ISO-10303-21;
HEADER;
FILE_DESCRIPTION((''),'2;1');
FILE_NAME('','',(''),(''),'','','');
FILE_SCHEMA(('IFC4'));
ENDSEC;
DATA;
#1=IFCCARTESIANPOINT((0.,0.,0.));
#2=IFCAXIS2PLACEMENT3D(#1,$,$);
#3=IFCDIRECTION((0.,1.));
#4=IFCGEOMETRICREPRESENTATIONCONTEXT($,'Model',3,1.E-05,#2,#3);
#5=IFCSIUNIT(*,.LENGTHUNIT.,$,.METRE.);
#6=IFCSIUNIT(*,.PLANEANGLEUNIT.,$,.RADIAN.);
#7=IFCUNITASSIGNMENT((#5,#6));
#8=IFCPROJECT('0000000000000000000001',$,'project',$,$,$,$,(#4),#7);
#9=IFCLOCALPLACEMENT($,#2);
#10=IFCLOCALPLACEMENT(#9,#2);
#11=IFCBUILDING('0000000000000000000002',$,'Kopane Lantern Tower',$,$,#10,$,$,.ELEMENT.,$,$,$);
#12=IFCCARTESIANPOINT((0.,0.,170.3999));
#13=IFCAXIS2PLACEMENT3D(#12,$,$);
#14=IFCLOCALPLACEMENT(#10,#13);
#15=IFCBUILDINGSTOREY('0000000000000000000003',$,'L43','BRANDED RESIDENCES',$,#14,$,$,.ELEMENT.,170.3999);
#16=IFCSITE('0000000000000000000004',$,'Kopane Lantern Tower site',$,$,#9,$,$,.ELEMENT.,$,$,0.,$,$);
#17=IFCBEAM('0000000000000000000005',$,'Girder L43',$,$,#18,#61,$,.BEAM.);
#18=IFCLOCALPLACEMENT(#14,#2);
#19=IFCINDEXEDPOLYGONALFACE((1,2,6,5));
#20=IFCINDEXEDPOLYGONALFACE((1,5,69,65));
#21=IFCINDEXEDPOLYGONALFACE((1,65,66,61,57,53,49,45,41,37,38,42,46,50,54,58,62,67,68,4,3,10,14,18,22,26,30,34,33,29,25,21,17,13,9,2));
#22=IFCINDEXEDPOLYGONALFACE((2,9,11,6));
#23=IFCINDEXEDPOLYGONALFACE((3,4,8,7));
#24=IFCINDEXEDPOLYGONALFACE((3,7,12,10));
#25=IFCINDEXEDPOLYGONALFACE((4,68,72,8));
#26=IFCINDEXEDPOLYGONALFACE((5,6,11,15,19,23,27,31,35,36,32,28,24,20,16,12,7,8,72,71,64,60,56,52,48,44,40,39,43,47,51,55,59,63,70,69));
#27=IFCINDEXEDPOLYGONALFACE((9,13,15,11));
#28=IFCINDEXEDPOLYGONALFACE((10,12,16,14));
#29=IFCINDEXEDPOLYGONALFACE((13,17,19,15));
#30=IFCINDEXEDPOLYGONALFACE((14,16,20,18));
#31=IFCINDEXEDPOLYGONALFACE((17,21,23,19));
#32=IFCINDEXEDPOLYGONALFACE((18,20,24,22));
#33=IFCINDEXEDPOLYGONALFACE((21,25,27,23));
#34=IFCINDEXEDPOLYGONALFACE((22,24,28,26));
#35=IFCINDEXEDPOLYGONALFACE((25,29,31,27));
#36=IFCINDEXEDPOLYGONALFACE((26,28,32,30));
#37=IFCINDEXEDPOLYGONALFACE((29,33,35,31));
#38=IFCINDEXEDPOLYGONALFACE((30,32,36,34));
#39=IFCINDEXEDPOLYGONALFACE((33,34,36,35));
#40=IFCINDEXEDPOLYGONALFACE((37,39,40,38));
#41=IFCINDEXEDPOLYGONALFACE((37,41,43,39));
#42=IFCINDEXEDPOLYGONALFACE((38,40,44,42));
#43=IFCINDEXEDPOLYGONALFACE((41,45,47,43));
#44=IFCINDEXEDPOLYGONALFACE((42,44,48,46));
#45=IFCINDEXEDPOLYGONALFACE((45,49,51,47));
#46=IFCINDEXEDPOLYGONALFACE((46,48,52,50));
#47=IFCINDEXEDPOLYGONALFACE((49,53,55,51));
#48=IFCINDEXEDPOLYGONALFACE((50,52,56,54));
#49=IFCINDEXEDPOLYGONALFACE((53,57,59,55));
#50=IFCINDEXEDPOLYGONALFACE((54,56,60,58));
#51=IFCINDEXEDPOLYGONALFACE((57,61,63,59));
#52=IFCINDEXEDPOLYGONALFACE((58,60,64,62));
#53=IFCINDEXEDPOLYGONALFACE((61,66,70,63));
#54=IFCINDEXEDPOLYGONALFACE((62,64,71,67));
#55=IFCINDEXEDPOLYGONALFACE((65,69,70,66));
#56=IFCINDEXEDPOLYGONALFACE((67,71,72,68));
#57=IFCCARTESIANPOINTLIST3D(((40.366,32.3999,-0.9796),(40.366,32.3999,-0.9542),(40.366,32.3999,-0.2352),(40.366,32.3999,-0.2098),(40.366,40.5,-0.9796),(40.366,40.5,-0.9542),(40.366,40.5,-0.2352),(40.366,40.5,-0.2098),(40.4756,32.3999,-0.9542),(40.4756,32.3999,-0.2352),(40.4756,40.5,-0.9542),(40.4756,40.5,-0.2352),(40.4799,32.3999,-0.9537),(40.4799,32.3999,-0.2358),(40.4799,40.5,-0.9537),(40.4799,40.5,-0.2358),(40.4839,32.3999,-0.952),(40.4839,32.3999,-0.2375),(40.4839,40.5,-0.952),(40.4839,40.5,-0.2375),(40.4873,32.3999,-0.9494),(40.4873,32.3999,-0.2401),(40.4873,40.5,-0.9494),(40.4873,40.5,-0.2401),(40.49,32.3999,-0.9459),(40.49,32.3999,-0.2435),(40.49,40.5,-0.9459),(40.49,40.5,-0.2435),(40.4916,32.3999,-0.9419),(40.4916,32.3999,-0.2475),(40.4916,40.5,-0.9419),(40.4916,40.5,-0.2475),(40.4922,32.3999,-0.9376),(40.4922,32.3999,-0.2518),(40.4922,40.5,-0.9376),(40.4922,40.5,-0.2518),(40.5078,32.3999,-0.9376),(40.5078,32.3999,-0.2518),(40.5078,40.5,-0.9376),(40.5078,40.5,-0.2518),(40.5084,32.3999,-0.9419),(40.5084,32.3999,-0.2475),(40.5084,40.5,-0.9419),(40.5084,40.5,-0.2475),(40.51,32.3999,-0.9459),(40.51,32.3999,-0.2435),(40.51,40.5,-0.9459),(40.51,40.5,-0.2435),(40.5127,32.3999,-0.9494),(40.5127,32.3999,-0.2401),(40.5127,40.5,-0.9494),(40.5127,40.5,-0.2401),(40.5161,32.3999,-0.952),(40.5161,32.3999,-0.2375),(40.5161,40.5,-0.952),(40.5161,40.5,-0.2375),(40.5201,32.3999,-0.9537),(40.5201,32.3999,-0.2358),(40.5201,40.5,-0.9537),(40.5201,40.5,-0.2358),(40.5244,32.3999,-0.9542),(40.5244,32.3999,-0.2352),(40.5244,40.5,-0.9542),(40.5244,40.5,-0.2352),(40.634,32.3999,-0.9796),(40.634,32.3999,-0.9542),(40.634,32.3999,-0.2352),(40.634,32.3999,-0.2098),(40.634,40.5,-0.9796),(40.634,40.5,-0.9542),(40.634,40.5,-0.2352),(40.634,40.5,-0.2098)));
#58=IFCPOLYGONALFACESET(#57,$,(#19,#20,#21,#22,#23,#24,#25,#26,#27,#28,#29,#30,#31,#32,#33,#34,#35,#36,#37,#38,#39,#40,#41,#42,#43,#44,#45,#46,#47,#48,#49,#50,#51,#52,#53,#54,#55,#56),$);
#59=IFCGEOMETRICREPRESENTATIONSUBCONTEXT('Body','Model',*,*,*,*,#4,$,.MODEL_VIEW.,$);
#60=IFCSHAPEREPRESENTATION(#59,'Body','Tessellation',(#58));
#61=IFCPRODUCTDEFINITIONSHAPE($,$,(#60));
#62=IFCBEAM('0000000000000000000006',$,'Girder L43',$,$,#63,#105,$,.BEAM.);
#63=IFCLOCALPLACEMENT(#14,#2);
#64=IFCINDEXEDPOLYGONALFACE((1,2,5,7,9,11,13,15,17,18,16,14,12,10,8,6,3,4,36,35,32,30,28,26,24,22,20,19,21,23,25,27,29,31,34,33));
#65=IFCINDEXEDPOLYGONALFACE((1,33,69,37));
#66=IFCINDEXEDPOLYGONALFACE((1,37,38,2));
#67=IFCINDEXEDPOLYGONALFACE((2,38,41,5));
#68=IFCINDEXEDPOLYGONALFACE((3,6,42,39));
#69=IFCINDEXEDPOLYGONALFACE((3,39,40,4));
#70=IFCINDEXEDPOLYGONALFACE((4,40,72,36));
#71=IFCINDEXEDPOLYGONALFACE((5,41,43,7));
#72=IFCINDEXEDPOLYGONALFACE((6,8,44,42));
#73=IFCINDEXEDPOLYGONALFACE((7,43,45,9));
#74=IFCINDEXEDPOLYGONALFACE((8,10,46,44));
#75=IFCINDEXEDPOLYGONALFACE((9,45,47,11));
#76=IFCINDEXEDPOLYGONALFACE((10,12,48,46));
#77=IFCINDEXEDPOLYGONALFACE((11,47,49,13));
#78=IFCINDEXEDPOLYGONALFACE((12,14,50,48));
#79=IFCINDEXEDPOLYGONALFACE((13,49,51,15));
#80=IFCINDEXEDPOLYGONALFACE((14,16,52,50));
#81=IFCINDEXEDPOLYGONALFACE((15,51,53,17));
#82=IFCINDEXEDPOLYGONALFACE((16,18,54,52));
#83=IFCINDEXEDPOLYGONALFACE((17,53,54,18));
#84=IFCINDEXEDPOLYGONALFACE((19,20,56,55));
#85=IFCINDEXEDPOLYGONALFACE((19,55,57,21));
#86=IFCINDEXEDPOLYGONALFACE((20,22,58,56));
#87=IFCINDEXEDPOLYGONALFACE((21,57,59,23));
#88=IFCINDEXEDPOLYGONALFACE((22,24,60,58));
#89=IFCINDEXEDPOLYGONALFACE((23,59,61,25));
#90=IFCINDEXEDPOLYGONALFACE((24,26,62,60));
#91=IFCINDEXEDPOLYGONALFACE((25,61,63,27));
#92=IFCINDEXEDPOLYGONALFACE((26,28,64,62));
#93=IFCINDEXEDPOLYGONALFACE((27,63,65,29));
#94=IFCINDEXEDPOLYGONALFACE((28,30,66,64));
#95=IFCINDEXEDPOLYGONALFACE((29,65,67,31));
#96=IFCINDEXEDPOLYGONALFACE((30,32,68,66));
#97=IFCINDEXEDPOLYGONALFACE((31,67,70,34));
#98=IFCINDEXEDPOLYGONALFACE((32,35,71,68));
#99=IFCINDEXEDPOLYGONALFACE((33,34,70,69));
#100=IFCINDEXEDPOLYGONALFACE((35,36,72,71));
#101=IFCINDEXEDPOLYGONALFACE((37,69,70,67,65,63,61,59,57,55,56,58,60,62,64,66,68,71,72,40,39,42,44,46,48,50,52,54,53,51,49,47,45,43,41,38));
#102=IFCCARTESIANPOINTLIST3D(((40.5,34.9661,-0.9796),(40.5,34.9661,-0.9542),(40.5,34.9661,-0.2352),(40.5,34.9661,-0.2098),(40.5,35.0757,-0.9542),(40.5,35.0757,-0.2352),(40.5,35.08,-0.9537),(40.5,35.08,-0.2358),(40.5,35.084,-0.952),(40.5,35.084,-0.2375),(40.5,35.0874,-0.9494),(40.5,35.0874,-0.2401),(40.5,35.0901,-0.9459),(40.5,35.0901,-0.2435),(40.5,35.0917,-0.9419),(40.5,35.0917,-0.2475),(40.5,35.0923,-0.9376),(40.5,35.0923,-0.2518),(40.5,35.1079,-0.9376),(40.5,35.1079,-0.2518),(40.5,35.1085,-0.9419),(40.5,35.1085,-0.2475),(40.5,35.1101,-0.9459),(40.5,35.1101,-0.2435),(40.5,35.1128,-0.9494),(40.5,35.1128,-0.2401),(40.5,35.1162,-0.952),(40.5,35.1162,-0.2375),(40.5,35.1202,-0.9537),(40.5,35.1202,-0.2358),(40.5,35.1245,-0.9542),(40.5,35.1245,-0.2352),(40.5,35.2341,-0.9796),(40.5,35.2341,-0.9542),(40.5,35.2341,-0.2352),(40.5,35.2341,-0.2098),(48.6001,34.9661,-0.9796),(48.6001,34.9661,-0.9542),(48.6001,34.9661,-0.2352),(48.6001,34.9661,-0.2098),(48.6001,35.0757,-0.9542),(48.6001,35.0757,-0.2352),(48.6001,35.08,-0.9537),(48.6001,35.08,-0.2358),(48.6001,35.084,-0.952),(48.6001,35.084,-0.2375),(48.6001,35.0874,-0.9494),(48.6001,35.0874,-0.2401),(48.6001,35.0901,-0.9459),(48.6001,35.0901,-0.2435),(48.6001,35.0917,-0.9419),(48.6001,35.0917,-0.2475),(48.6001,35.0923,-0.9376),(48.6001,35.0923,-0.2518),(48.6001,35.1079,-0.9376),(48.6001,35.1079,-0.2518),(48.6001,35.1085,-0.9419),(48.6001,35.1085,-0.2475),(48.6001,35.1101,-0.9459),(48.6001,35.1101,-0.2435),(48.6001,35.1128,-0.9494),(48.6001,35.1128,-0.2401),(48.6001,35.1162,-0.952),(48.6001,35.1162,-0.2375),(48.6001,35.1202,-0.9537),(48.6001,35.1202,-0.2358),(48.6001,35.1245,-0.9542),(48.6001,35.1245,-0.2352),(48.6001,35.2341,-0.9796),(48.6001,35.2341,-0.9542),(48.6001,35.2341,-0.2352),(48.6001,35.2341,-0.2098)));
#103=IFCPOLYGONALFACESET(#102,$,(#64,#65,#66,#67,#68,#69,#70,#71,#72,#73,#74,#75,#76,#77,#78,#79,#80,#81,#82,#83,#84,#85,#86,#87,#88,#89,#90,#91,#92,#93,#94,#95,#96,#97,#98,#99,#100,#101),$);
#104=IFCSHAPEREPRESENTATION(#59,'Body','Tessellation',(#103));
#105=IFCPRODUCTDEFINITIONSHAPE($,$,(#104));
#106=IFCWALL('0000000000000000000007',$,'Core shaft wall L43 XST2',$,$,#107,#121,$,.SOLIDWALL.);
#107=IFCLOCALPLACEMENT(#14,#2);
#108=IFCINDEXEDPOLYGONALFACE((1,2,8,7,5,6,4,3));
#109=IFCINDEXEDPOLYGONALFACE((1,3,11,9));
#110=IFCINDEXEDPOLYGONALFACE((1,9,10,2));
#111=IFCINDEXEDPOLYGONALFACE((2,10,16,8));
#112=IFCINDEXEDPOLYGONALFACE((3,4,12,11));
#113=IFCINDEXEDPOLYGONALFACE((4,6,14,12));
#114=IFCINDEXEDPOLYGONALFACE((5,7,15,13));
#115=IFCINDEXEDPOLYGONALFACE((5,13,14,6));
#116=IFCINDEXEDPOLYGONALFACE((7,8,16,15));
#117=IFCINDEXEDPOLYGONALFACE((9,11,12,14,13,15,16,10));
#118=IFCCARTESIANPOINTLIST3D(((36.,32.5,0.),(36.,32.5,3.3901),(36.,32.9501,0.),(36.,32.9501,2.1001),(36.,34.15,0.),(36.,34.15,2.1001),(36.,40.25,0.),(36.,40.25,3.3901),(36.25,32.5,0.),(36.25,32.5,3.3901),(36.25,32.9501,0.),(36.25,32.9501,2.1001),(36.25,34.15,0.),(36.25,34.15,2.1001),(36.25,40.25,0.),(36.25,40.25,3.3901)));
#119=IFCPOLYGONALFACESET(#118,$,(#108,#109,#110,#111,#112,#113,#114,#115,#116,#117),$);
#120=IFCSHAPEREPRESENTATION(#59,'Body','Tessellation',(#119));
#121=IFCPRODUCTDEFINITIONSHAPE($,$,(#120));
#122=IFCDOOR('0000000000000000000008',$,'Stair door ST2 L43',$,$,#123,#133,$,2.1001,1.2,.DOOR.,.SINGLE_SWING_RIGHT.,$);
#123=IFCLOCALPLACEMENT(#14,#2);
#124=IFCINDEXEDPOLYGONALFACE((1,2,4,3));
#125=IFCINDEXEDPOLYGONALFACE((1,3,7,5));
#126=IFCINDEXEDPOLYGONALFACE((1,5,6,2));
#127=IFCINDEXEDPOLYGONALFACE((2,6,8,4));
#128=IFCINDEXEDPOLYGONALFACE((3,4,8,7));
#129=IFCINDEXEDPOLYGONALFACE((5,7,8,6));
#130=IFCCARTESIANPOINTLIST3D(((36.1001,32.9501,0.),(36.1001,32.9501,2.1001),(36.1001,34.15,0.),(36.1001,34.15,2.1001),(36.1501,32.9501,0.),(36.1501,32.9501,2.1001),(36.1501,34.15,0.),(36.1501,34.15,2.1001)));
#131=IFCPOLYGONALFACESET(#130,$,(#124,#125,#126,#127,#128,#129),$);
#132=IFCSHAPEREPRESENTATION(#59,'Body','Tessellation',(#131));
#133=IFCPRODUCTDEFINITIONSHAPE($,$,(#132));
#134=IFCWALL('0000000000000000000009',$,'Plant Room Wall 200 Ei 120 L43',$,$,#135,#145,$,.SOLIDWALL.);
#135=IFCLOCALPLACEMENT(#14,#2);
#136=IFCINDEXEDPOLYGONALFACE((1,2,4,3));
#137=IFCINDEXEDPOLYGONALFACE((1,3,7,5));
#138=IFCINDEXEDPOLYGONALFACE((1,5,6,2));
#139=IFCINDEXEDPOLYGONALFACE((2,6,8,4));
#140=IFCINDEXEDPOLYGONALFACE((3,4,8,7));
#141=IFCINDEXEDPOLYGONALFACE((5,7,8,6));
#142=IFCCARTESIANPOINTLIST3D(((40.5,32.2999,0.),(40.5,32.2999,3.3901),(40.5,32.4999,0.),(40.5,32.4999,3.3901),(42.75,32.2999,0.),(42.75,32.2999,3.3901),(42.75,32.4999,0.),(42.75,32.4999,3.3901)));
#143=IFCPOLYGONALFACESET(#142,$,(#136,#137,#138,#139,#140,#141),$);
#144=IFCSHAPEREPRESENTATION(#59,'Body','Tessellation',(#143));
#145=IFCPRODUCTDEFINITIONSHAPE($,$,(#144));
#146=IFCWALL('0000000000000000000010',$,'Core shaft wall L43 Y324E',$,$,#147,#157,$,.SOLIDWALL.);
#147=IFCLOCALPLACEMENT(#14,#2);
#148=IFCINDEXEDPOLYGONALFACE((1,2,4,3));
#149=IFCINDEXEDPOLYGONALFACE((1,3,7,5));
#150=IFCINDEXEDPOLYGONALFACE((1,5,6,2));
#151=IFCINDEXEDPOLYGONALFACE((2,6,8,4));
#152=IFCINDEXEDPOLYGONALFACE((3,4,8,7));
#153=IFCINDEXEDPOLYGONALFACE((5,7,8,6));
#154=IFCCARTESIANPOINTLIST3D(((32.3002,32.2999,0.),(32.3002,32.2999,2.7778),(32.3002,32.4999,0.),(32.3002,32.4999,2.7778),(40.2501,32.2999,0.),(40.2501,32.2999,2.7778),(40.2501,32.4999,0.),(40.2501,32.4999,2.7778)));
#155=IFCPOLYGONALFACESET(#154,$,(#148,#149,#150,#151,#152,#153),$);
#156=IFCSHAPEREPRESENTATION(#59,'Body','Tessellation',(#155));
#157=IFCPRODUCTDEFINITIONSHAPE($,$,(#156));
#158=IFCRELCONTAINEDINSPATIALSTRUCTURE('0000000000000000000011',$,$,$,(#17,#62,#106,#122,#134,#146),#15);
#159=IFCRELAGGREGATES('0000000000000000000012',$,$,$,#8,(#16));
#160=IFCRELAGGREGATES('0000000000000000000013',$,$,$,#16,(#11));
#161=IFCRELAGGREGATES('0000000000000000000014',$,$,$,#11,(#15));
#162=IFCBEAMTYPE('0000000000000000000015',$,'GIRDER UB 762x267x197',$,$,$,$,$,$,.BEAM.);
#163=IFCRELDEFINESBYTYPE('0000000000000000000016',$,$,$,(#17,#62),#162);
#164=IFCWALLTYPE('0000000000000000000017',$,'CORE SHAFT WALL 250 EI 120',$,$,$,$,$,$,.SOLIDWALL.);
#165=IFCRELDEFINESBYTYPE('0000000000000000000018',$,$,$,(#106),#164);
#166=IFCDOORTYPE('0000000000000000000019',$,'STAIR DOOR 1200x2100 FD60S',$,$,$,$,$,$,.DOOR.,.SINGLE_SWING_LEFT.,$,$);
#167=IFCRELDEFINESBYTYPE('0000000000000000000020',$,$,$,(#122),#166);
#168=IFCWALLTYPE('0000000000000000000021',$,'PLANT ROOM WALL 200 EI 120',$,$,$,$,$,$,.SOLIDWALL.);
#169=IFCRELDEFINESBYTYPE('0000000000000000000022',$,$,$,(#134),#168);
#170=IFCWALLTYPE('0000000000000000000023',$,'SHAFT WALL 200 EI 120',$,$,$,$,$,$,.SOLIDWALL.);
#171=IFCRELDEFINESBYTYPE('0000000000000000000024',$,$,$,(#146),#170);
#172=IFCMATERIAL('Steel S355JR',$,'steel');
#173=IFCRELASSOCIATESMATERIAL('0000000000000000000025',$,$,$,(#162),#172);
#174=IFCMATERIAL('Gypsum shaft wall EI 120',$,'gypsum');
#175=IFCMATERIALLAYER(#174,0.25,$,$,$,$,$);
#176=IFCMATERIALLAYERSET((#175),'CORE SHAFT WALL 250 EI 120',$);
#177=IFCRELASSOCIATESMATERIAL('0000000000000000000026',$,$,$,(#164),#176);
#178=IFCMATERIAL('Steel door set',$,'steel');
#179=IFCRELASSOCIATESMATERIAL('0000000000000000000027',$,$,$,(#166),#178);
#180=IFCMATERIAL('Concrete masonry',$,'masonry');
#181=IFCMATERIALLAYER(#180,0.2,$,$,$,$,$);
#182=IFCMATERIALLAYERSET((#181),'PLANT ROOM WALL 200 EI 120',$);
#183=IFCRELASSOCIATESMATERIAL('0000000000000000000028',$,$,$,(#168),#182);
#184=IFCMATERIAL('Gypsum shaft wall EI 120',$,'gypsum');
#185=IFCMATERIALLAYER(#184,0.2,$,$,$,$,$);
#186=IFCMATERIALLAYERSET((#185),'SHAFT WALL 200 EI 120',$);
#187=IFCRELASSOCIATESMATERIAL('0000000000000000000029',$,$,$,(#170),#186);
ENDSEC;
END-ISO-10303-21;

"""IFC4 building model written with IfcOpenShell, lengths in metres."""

from ifc_helpers import new_model, si_unit, direction, frame, frame_2d, origin, origin_2d, place, context, subcontext, project, spatial, rectangle, i_section, extrude, material, layer, layer_set, material_profile, profile_set, type_object, element, fill, save


model = new_model("IFC4")

# Units and contexts
model_context = context("Model", 3, precision=1e-05, world=origin(), true_north=direction((0.0, 1.0)))
body_context = subcontext(model_context, "Body", "Model", "MODEL_VIEW")
ifc_project = project(units=[si_unit("LENGTHUNIT", "METRE"), si_unit("PLANEANGLEUNIT", "RADIAN")], contexts=[model_context])

# Site, building, storey
site_placement = place(None, origin())
site = spatial("IfcSite", under=ifc_project, at=site_placement, Name="Kopane Lantern Tower site", CompositionType="ELEMENT", RefElevation=0.0)
building_placement = place(site_placement, origin())
building = spatial("IfcBuilding", under=site, at=building_placement, Name="Kopane Lantern Tower", CompositionType="ELEMENT")
storey_placement = place(building_placement, frame((0.0, 0.0, 170.3999)))
storey = spatial("IfcBuildingStorey", under=building, at=storey_placement, Name="L43", Description="BRANDED RESIDENCES", CompositionType="ELEMENT", Elevation=170.3999)

# Beams
ifc_material_1 = material(Name="Steel S355JR", Category="steel")
ifc_material_profile_1 = material_profile(ifc_material_1, i_section(OverallWidth=0.2681, OverallDepth=0.7698, WebThickness=0.0156, FlangeThickness=0.0254, FilletRadius=0.0166, at=origin_2d()), Name="UB 762x267x197")
ifc_profile_set_1 = profile_set([ifc_material_profile_1], Name="Steel S355JR")
beam_type_1 = type_object("IfcBeamType", Name="GIRDER UB 762x267x197", PredefinedType="BEAM", material=ifc_profile_set_1)
for number, where, z_axis, x_axis, name in (
    (1, (40.5, 32.3999, -0.5947), (0.0, 1.0, 0.0), (-1.0, 0.0, 0.0), "Girder L43"),
    (2, (40.5, 35.1001, -0.5947), (1.0, 0.0, 0.0), (0.0, 1.0, 0.0), "Girder L43"),
):
    element("IfcBeam", number, at=place(storey_placement, frame(where, z_axis=z_axis, x_axis=x_axis)), inside=storey, type_object=beam_type_1, Name=name, PredefinedType="BEAM", context=body_context, shape_type="SweptSolid", body=[
        extrude(i_section(OverallWidth=0.2681, OverallDepth=0.7698, WebThickness=0.0156, FlangeThickness=0.0254, FilletRadius=0.0166, at=origin_2d()), origin(), (0.0, 0.0, 1.0), 8.1001),
    ])

# Wall, opening, door
ifc_material_2 = material(Name="Gypsum shaft wall EI 120", Category="gypsum")
ifc_layer_1 = layer(ifc_material_2, 0.25)
ifc_layer_set_1 = layer_set([ifc_layer_1], Name="CORE SHAFT WALL 250 EI 120")
wall_type_1 = type_object("IfcWallType", Name="CORE SHAFT WALL 250 EI 120", PredefinedType="SOLIDWALL", material=ifc_layer_set_1)
wall_1_placement = place(storey_placement, frame((36.125, 32.5, 0.0), z_axis=(0.0, 0.0, 1.0), x_axis=(0.0, 1.0, 0.0)))
wall_1 = element("IfcWall", 3, at=wall_1_placement, inside=storey, type_object=wall_type_1, Name="Core shaft wall L43 XST2", PredefinedType="SOLIDWALL", context=body_context, shape_type="SweptSolid", body=[
    extrude(rectangle(XDim=7.75, YDim=0.25, at=frame_2d((3.875, 0.0))), origin(), (0.0, 0.0, 1.0), 3.3901),
])
opening_1_placement = place(wall_1_placement, frame((0.45, 0.0, 0.0)))
opening_1 = element("IfcOpeningElement", 4, at=opening_1_placement, cuts=wall_1, PredefinedType="OPENING", context=body_context, shape_type="SweptSolid", body=[
    extrude(rectangle(XDim=1.2, YDim=2.1001, at=frame_2d((0.6001, 1.05))), frame((0.0, 0.135, 0.0), z_axis=(0.0, -1.0, 0.0), x_axis=(1.0, 0.0, 0.0)), (0.0, 0.0, 1.0), 0.27),
])
ifc_material_3 = material(Name="Steel door set", Category="steel")
door_type_1 = type_object("IfcDoorType", Name="STAIR DOOR 1200x2100 FD60S", OperationType="SINGLE_SWING_LEFT", PredefinedType="DOOR", material=ifc_material_3)
door_1_placement = place(opening_1_placement, origin())
door_1 = element("IfcDoor", 5, at=door_1_placement, inside=storey, type_object=door_type_1, Name="Stair door ST2 L43", OperationType="SINGLE_SWING_RIGHT", OverallHeight=2.1001, OverallWidth=1.2, PredefinedType="DOOR", context=body_context, shape_type="SweptSolid", body=[
    extrude(rectangle(XDim=1.2, YDim=2.1001, at=frame_2d((0.6001, 1.05))), frame((0.0, 0.0249, 0.0), z_axis=(0.0, -1.0, 0.0), x_axis=(1.0, 0.0, 0.0)), (0.0, 0.0, 1.0), 0.05),
])
fill(opening_1, door_1)

# Walls
ifc_material_4 = material(Name="Concrete masonry", Category="masonry")
ifc_layer_2 = layer(ifc_material_4, 0.2)
ifc_layer_set_2 = layer_set([ifc_layer_2], Name="PLANT ROOM WALL 200 EI 120")
wall_type_2 = type_object("IfcWallType", Name="PLANT ROOM WALL 200 EI 120", PredefinedType="SOLIDWALL", material=ifc_layer_set_2)
wall_2_placement = place(storey_placement, frame((40.5, 32.3999, 0.0), z_axis=(0.0, 0.0, 1.0), x_axis=(1.0, 0.0, 0.0)))
element("IfcWall", 6, at=wall_2_placement, inside=storey, type_object=wall_type_2, Name="Plant Room Wall 200 Ei 120 L43", PredefinedType="SOLIDWALL", context=body_context, shape_type="SweptSolid", body=[
    extrude(rectangle(XDim=2.25, YDim=0.2, at=frame_2d((1.125, 0.0))), origin(), (0.0, 0.0, 1.0), 3.3901),
])
ifc_material_5 = material(Name="Gypsum shaft wall EI 120", Category="gypsum")
ifc_layer_3 = layer(ifc_material_5, 0.2)
ifc_layer_set_3 = layer_set([ifc_layer_3], Name="SHAFT WALL 200 EI 120")
wall_type_3 = type_object("IfcWallType", Name="SHAFT WALL 200 EI 120", PredefinedType="SOLIDWALL", material=ifc_layer_set_3)
wall_3_placement = place(storey_placement, frame((32.3, 32.3999, 0.0), z_axis=(0.0, 0.0, 1.0), x_axis=(1.0, 0.0, 0.0)))
element("IfcWall", 7, at=wall_3_placement, inside=storey, type_object=wall_type_3, Name="Core shaft wall L43 Y324E", PredefinedType="SOLIDWALL", context=body_context, shape_type="SweptSolid", body=[
    extrude(rectangle(XDim=7.95, YDim=0.2, at=frame_2d((3.9751, 0.0))), origin(), (0.0, 0.0, 1.0), 2.7778),
])

save(model, "model.ifc")
